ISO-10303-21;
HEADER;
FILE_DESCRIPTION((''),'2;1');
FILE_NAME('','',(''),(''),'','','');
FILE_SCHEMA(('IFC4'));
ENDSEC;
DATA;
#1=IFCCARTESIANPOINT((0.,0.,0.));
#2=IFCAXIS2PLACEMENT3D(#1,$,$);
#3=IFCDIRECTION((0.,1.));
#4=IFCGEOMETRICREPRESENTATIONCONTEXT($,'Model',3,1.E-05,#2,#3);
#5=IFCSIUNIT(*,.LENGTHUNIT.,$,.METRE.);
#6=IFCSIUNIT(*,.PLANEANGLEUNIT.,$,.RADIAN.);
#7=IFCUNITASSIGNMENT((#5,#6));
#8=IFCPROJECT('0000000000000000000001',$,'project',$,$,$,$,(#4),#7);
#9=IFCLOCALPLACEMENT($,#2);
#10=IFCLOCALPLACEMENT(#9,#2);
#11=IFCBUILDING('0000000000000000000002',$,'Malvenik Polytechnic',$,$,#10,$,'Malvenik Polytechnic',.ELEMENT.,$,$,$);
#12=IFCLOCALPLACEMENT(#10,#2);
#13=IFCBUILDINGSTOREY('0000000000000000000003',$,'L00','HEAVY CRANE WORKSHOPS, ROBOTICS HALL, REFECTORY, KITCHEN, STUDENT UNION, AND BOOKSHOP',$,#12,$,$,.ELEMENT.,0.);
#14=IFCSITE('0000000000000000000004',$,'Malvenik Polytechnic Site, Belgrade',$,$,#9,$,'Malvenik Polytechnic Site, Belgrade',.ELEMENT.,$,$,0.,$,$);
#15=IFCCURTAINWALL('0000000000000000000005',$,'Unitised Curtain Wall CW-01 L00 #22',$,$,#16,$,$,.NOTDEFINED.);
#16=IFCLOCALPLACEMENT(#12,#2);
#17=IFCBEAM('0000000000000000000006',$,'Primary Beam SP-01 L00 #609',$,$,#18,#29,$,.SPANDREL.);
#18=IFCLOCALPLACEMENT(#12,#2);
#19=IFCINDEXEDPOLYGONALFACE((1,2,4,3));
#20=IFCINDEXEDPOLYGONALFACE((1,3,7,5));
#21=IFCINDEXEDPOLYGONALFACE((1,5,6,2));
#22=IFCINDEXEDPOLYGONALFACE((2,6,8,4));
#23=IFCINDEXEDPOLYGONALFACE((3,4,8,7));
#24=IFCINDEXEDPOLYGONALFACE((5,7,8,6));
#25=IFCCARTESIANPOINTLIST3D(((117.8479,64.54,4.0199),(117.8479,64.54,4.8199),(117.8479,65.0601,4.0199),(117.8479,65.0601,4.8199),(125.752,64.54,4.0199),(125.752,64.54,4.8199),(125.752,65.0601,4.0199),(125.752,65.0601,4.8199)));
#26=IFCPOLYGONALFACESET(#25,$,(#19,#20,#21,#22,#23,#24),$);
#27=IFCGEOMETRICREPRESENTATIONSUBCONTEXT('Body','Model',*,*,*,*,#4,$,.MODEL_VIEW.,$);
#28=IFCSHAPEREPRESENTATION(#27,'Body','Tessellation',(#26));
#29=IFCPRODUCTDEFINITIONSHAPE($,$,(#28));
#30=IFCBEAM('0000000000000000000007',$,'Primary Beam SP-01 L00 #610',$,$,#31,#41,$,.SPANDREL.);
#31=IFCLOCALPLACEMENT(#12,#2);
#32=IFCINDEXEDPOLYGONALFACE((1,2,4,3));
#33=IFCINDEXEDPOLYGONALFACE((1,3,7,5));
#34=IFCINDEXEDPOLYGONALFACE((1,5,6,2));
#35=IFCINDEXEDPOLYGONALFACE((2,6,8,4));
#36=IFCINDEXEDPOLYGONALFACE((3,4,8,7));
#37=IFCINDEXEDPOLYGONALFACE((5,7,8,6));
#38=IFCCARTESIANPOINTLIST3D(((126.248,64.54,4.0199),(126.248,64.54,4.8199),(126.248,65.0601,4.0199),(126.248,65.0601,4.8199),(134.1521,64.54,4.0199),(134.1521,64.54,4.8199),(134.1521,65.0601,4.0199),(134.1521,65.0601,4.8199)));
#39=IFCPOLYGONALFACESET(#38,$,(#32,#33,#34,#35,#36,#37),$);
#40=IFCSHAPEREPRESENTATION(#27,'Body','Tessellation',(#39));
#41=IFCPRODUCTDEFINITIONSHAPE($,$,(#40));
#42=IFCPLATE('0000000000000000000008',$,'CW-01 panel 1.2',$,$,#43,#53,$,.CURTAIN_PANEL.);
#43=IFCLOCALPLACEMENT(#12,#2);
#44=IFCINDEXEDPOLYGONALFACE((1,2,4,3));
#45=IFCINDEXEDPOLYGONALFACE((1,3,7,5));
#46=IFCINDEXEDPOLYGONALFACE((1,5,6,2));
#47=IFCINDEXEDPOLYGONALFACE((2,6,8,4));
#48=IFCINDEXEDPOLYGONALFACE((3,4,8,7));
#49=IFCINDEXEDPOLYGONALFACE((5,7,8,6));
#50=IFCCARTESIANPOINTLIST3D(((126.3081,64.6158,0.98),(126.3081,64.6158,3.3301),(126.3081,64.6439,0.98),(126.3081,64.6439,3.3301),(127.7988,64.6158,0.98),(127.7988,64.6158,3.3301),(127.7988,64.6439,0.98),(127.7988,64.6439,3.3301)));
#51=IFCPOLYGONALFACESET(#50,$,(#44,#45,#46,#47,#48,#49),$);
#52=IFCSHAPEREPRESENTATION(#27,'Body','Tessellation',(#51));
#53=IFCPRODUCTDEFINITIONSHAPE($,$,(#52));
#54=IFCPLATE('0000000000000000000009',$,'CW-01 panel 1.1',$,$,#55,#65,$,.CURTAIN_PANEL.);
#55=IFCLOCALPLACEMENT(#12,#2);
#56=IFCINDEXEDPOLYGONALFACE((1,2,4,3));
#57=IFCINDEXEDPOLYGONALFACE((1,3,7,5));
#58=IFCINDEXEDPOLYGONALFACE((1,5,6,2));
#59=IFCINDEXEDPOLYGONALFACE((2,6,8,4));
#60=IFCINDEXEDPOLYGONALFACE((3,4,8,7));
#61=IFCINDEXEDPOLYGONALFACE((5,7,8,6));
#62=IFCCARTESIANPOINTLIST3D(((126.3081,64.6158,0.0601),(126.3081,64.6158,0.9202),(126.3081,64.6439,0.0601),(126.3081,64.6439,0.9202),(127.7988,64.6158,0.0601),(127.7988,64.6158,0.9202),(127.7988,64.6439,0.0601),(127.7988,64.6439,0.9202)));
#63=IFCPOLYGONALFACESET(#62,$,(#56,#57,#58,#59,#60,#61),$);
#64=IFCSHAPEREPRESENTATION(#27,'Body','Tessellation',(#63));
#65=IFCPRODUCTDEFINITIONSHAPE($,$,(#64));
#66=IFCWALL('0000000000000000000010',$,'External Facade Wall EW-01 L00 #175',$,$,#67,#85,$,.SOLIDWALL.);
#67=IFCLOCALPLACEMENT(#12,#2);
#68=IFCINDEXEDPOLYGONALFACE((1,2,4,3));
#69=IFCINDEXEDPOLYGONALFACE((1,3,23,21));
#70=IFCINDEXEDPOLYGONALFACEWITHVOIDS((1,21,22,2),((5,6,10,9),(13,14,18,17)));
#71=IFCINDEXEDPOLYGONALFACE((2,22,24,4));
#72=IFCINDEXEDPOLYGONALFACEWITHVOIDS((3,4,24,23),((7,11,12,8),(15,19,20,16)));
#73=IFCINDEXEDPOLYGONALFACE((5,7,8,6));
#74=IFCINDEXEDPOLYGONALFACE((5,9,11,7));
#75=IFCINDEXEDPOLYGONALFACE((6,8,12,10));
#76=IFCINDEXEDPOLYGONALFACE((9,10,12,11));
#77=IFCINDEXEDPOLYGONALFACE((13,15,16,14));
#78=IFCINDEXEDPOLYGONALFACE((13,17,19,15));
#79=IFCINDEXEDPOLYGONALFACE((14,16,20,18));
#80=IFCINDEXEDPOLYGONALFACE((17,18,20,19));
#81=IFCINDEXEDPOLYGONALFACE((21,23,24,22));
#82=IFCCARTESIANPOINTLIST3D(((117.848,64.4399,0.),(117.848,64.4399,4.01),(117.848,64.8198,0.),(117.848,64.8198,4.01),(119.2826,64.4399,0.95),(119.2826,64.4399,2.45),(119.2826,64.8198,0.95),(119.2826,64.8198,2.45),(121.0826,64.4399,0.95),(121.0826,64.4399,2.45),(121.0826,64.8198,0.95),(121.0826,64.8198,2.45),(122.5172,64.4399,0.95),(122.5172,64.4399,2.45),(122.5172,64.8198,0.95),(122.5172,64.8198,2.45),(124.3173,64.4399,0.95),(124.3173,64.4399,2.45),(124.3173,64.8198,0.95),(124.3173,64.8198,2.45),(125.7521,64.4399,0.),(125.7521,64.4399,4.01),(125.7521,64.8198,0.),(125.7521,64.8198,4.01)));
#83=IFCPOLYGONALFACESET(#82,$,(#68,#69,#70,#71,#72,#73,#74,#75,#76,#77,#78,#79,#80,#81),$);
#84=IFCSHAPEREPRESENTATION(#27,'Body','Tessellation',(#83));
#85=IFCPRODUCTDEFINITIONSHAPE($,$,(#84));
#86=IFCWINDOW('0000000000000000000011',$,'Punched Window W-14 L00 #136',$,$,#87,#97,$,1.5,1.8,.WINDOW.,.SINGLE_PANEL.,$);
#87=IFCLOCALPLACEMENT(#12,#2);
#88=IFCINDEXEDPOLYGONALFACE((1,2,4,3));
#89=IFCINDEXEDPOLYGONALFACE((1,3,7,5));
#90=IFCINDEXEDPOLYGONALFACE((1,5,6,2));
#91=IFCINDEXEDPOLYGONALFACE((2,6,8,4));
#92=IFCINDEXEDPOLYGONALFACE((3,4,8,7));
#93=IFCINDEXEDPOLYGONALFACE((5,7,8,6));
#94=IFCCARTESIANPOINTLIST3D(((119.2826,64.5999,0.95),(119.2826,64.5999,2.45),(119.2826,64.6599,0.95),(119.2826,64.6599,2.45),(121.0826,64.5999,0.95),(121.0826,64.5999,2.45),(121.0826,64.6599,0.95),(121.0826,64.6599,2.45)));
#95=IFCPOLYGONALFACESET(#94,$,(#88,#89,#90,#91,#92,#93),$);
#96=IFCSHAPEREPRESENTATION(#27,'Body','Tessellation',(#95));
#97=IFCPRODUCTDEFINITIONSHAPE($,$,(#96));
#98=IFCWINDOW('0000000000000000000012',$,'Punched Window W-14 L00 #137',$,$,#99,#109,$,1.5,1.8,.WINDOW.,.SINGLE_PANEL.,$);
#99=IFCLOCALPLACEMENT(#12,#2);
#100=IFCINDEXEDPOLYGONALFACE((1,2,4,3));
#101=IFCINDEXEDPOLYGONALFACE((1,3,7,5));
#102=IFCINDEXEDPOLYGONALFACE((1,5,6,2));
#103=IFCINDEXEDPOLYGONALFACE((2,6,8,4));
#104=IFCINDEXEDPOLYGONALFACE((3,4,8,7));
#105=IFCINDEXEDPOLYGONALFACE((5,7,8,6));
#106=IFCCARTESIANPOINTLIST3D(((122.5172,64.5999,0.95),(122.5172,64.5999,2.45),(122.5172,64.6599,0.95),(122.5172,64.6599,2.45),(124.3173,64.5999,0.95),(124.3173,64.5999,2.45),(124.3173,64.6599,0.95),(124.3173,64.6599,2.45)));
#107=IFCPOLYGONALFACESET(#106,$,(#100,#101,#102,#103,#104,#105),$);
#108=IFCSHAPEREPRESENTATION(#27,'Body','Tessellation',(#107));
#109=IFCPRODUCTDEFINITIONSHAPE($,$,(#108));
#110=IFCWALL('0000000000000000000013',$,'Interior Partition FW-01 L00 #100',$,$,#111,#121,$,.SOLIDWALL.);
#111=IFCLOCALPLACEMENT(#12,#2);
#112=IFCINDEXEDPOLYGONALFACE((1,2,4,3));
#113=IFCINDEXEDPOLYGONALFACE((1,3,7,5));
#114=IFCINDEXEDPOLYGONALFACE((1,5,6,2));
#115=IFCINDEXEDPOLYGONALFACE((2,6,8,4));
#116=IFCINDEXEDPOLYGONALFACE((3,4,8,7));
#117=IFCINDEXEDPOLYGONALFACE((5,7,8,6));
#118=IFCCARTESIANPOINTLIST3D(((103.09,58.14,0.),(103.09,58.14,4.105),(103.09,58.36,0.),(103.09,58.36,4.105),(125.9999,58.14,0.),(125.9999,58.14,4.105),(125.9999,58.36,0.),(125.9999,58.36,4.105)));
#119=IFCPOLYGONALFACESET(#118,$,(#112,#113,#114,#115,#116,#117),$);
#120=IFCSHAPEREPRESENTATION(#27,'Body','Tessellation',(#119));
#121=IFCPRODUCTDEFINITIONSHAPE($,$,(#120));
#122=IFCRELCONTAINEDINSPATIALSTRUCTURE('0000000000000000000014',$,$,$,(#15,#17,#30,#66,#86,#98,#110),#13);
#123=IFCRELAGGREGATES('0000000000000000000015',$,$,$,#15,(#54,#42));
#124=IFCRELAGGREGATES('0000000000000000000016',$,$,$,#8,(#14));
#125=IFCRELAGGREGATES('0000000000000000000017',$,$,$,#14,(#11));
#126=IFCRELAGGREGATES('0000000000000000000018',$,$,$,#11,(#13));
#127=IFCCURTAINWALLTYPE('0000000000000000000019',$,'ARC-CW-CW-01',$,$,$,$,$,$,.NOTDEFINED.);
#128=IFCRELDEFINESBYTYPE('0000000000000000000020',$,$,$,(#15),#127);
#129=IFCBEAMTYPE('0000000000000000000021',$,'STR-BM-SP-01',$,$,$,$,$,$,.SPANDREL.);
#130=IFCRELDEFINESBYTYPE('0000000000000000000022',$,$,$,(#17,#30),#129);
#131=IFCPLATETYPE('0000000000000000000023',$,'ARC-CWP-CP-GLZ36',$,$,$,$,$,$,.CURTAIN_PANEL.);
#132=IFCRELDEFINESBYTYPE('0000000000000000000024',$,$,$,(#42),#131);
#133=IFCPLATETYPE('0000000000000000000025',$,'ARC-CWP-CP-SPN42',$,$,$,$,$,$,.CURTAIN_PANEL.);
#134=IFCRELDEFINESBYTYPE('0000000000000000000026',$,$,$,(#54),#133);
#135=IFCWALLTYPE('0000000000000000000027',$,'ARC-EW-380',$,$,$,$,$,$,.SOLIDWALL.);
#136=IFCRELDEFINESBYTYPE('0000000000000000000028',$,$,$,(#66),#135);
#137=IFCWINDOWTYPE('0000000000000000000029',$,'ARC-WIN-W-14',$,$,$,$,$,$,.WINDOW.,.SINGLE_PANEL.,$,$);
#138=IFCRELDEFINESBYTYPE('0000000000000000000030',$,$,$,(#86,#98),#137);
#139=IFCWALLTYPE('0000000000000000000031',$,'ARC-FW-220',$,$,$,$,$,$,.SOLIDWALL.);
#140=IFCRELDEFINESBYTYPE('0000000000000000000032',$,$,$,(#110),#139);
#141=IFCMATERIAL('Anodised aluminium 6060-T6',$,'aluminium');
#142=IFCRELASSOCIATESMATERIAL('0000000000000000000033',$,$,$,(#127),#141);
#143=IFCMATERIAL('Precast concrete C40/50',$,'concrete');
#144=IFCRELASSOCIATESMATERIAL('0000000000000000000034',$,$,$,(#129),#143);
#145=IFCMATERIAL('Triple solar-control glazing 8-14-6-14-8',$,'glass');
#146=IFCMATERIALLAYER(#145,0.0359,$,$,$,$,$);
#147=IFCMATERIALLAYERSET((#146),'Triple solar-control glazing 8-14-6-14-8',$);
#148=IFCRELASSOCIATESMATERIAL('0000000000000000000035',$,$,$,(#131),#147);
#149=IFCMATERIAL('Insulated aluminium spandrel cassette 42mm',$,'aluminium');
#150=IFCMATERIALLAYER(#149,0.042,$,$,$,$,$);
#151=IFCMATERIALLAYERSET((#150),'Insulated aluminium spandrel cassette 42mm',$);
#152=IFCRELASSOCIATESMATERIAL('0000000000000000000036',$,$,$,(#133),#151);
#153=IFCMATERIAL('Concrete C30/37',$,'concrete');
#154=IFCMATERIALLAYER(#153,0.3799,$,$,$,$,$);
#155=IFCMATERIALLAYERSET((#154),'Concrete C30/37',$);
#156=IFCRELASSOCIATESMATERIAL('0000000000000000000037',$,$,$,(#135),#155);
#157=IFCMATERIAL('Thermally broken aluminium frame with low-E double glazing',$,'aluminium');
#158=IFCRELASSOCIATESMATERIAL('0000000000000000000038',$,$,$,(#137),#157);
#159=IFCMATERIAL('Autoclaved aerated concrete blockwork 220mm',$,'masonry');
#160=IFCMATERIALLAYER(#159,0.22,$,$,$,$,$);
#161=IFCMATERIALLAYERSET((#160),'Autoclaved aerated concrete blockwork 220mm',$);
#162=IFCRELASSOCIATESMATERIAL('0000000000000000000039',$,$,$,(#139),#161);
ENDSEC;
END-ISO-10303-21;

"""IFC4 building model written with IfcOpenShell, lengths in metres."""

from ifc_helpers import new_model, si_unit, direction, frame, frame_2d, origin, origin_2d, place, context, subcontext, project, spatial, rectangle, extrude, material, layer, layer_set, material_profile, profile_set, type_object, element, fill, aggregate, save


model = new_model("IFC4")

# Units and contexts
model_context = context("Model", 3, precision=1e-05, world=origin(), true_north=direction((0.0, 1.0)))
body_context = subcontext(model_context, "Body", "Model", "MODEL_VIEW")
ifc_project = project(units=[si_unit("LENGTHUNIT", "METRE"), si_unit("PLANEANGLEUNIT", "RADIAN")], contexts=[model_context])

# Site, building, storey
site_placement = place(None, origin())
site = spatial("IfcSite", under=ifc_project, at=site_placement, Name="Malvenik Polytechnic Site, Belgrade", LongName="Malvenik Polytechnic Site, Belgrade", CompositionType="ELEMENT", RefElevation=0.0)
building_placement = place(site_placement, origin())
building = spatial("IfcBuilding", under=site, at=building_placement, Name="Malvenik Polytechnic", LongName="Malvenik Polytechnic", CompositionType="ELEMENT")
storey_placement = place(building_placement, origin())
storey = spatial("IfcBuildingStorey", under=building, at=storey_placement, Name="L00", Description="HEAVY CRANE WORKSHOPS, ROBOTICS HALL, REFECTORY, KITCHEN, STUDENT UNION, AND BOOKSHOP", CompositionType="ELEMENT", Elevation=0.0)

# Curtain wall
ifc_material_1 = material(Name="Anodised aluminium 6060-T6", Category="aluminium")
curtain_wall_type = type_object("IfcCurtainWallType", Name="ARC-CW-CW-01", PredefinedType="NOTDEFINED", material=ifc_material_1)
curtain_wall_placement = place(storey_placement, origin())
curtain_wall = element("IfcCurtainWall", 1, at=curtain_wall_placement, inside=storey, type_object=curtain_wall_type, Name="Unitised Curtain Wall CW-01 L00 #22", PredefinedType="NOTDEFINED")

# Beams
ifc_material_2 = material(Name="Concrete C30/37", Category="concrete")
ifc_material_3 = material(Name="Precast concrete C40/50", Category="concrete")
ifc_material_profile_1 = material_profile(ifc_material_3, rectangle(XDim=0.52, YDim=0.8, at=origin_2d()), Name="PC SPN 520x800")
ifc_profile_set_1 = profile_set([ifc_material_profile_1], Name="Precast concrete C40/50")
beam_type_1 = type_object("IfcBeamType", Name="STR-BM-SP-01", PredefinedType="SPANDREL", material=ifc_profile_set_1)
for number, where, z_axis, x_axis, name in (
    (2, (117.8479, 64.8, 4.4199), (1.0, 0.0, 0.0), (0.0, 1.0, 0.0), "Primary Beam SP-01 L00 #609"),
    (3, (126.248, 64.8, 4.4199), (1.0, 0.0, 0.0), (0.0, 1.0, 0.0), "Primary Beam SP-01 L00 #610"),
):
    element("IfcBeam", number, at=place(storey_placement, frame(where, z_axis=z_axis, x_axis=x_axis)), inside=storey, type_object=beam_type_1, Name=name, PredefinedType="SPANDREL", context=body_context, shape_type="SweptSolid", body=[
        extrude(rectangle(XDim=0.52, YDim=0.8, at=origin_2d()), origin(), (0.0, 0.0, 1.0), 7.9041),
    ])

# Plates
ifc_material_4 = material(Name="Triple solar-control glazing 8-14-6-14-8", Category="glass")
ifc_layer_1 = layer(ifc_material_4, 0.0359)
ifc_layer_set_1 = layer_set([ifc_layer_1], Name="Triple solar-control glazing 8-14-6-14-8")
plate_type_1 = type_object("IfcPlateType", Name="ARC-CWP-CP-GLZ36", PredefinedType="CURTAIN_PANEL", material=ifc_layer_set_1)
plate_1_placement = place(storey_placement, frame((127.0535, 64.6299, 0.98), z_axis=(0.0, 0.0, 1.0), x_axis=(1.0, 0.0, 0.0)))
plate_1 = element("IfcPlate", 4, at=plate_1_placement, type_object=plate_type_1, Name="CW-01 panel 1.2", PredefinedType="CURTAIN_PANEL", context=body_context, shape_type="SweptSolid", body=[
    extrude(rectangle(XDim=1.4907, YDim=0.0281, at=origin_2d()), origin(), (0.0, 0.0, 1.0), 2.3501),
])
ifc_material_5 = material(Name="Insulated aluminium spandrel cassette 42mm", Category="aluminium")
ifc_layer_2 = layer(ifc_material_5, 0.042)
ifc_layer_set_2 = layer_set([ifc_layer_2], Name="Insulated aluminium spandrel cassette 42mm")
plate_type_2 = type_object("IfcPlateType", Name="ARC-CWP-CP-SPN42", PredefinedType="CURTAIN_PANEL", material=ifc_layer_set_2)
plate_2_placement = place(storey_placement, frame((127.0535, 64.6299, 0.0601), z_axis=(0.0, 0.0, 1.0), x_axis=(1.0, 0.0, 0.0)))
plate_2 = element("IfcPlate", 5, at=plate_2_placement, type_object=plate_type_2, Name="CW-01 panel 1.1", PredefinedType="CURTAIN_PANEL", context=body_context, shape_type="SweptSolid", body=[
    extrude(rectangle(XDim=1.4907, YDim=0.0281, at=origin_2d()), origin(), (0.0, 0.0, 1.0), 0.8601),
])
aggregate(curtain_wall, [plate_2, plate_1])

# Wall, openings, windows
ifc_layer_3 = layer(ifc_material_2, 0.3799)
ifc_layer_set_3 = layer_set([ifc_layer_3], Name="Concrete C30/37")
wall_type_1 = type_object("IfcWallType", Name="ARC-EW-380", PredefinedType="SOLIDWALL", material=ifc_layer_set_3)
wall_1_placement = place(storey_placement, frame((117.8479, 64.6299, 0.0), z_axis=(0.0, 0.0, 1.0), x_axis=(1.0, 0.0, 0.0)))
wall_1 = element("IfcWall", 6, at=wall_1_placement, inside=storey, type_object=wall_type_1, Name="External Facade Wall EW-01 L00 #175", PredefinedType="SOLIDWALL", context=body_context, shape_type="SweptSolid", body=[
    extrude(rectangle(XDim=7.9041, YDim=0.3799, at=frame_2d((3.9521, 0.0))), origin(), (0.0, 0.0, 1.0), 4.01),
])
opening_1_placement = place(wall_1_placement, frame((1.4348, 0.0, 0.95)))
opening_1 = element("IfcOpeningElement", 7, at=opening_1_placement, cuts=wall_1, PredefinedType="OPENING", context=body_context, shape_type="SweptSolid", body=[
    extrude(rectangle(XDim=1.8, YDim=1.5, at=frame_2d((0.8999, 0.75))), frame((0.0, 0.2, 0.0), z_axis=(0.0, -1.0, 0.0), x_axis=(1.0, 0.0, 0.0)), (0.0, 0.0, 1.0), 0.3999),
])
opening_2_placement = place(wall_1_placement, frame((4.6694, 0.0, 0.95)))
opening_2 = element("IfcOpeningElement", 8, at=opening_2_placement, cuts=wall_1, PredefinedType="OPENING", context=body_context, shape_type="SweptSolid", body=[
    extrude(rectangle(XDim=1.8, YDim=1.5, at=frame_2d((0.8999, 0.75))), frame((0.0, 0.2, 0.0), z_axis=(0.0, -1.0, 0.0), x_axis=(1.0, 0.0, 0.0)), (0.0, 0.0, 1.0), 0.3999),
])
ifc_material_6 = material(Name="Thermally broken aluminium frame with low-E double glazing", Category="aluminium")
window_type = type_object("IfcWindowType", Name="ARC-WIN-W-14", PartitioningType="SINGLE_PANEL", PredefinedType="WINDOW", material=ifc_material_6)
window_1_placement = place(opening_1_placement, origin())
window_1 = element("IfcWindow", 9, at=window_1_placement, inside=storey, type_object=window_type, Name="Punched Window W-14 L00 #136", OverallHeight=1.5, OverallWidth=1.8, PartitioningType="SINGLE_PANEL", PredefinedType="WINDOW", context=body_context, shape_type="SweptSolid", body=[
    extrude(rectangle(XDim=1.8, YDim=1.5, at=frame_2d((0.8999, 0.75))), frame((0.0, 0.03, 0.0), z_axis=(0.0, -1.0, 0.0), x_axis=(1.0, 0.0, 0.0)), (0.0, 0.0, 1.0), 0.0601),
])
fill(opening_1, window_1)
window_2_placement = place(opening_2_placement, origin())
window_2 = element("IfcWindow", 10, at=window_2_placement, inside=storey, type_object=window_type, Name="Punched Window W-14 L00 #137", OverallHeight=1.5, OverallWidth=1.8, PartitioningType="SINGLE_PANEL", PredefinedType="WINDOW", context=body_context, shape_type="SweptSolid", body=[
    extrude(rectangle(XDim=1.8, YDim=1.5, at=frame_2d((0.8999, 0.75))), frame((0.0, 0.03, 0.0), z_axis=(0.0, -1.0, 0.0), x_axis=(1.0, 0.0, 0.0)), (0.0, 0.0, 1.0), 0.0601),
])
fill(opening_2, window_2)

# Wall
ifc_material_7 = material(Name="Autoclaved aerated concrete blockwork 220mm", Category="masonry")
ifc_layer_4 = layer(ifc_material_7, 0.22)
ifc_layer_set_4 = layer_set([ifc_layer_4], Name="Autoclaved aerated concrete blockwork 220mm")
wall_type_2 = type_object("IfcWallType", Name="ARC-FW-220", PredefinedType="SOLIDWALL", material=ifc_layer_set_4)
wall_2_placement = place(storey_placement, frame((126.0, 58.25, 0.0), z_axis=(0.0, 0.0, 1.0), x_axis=(-1.0, 0.0, 0.0)))
element("IfcWall", 11, at=wall_2_placement, inside=storey, type_object=wall_type_2, Name="Interior Partition FW-01 L00 #100", PredefinedType="SOLIDWALL", context=body_context, shape_type="SweptSolid", body=[
    extrude(rectangle(XDim=22.9099, YDim=0.22, at=frame_2d((11.4551, 0.0))), origin(), (0.0, 0.0, 1.0), 4.105),
])

save(model, "model.ifc")
